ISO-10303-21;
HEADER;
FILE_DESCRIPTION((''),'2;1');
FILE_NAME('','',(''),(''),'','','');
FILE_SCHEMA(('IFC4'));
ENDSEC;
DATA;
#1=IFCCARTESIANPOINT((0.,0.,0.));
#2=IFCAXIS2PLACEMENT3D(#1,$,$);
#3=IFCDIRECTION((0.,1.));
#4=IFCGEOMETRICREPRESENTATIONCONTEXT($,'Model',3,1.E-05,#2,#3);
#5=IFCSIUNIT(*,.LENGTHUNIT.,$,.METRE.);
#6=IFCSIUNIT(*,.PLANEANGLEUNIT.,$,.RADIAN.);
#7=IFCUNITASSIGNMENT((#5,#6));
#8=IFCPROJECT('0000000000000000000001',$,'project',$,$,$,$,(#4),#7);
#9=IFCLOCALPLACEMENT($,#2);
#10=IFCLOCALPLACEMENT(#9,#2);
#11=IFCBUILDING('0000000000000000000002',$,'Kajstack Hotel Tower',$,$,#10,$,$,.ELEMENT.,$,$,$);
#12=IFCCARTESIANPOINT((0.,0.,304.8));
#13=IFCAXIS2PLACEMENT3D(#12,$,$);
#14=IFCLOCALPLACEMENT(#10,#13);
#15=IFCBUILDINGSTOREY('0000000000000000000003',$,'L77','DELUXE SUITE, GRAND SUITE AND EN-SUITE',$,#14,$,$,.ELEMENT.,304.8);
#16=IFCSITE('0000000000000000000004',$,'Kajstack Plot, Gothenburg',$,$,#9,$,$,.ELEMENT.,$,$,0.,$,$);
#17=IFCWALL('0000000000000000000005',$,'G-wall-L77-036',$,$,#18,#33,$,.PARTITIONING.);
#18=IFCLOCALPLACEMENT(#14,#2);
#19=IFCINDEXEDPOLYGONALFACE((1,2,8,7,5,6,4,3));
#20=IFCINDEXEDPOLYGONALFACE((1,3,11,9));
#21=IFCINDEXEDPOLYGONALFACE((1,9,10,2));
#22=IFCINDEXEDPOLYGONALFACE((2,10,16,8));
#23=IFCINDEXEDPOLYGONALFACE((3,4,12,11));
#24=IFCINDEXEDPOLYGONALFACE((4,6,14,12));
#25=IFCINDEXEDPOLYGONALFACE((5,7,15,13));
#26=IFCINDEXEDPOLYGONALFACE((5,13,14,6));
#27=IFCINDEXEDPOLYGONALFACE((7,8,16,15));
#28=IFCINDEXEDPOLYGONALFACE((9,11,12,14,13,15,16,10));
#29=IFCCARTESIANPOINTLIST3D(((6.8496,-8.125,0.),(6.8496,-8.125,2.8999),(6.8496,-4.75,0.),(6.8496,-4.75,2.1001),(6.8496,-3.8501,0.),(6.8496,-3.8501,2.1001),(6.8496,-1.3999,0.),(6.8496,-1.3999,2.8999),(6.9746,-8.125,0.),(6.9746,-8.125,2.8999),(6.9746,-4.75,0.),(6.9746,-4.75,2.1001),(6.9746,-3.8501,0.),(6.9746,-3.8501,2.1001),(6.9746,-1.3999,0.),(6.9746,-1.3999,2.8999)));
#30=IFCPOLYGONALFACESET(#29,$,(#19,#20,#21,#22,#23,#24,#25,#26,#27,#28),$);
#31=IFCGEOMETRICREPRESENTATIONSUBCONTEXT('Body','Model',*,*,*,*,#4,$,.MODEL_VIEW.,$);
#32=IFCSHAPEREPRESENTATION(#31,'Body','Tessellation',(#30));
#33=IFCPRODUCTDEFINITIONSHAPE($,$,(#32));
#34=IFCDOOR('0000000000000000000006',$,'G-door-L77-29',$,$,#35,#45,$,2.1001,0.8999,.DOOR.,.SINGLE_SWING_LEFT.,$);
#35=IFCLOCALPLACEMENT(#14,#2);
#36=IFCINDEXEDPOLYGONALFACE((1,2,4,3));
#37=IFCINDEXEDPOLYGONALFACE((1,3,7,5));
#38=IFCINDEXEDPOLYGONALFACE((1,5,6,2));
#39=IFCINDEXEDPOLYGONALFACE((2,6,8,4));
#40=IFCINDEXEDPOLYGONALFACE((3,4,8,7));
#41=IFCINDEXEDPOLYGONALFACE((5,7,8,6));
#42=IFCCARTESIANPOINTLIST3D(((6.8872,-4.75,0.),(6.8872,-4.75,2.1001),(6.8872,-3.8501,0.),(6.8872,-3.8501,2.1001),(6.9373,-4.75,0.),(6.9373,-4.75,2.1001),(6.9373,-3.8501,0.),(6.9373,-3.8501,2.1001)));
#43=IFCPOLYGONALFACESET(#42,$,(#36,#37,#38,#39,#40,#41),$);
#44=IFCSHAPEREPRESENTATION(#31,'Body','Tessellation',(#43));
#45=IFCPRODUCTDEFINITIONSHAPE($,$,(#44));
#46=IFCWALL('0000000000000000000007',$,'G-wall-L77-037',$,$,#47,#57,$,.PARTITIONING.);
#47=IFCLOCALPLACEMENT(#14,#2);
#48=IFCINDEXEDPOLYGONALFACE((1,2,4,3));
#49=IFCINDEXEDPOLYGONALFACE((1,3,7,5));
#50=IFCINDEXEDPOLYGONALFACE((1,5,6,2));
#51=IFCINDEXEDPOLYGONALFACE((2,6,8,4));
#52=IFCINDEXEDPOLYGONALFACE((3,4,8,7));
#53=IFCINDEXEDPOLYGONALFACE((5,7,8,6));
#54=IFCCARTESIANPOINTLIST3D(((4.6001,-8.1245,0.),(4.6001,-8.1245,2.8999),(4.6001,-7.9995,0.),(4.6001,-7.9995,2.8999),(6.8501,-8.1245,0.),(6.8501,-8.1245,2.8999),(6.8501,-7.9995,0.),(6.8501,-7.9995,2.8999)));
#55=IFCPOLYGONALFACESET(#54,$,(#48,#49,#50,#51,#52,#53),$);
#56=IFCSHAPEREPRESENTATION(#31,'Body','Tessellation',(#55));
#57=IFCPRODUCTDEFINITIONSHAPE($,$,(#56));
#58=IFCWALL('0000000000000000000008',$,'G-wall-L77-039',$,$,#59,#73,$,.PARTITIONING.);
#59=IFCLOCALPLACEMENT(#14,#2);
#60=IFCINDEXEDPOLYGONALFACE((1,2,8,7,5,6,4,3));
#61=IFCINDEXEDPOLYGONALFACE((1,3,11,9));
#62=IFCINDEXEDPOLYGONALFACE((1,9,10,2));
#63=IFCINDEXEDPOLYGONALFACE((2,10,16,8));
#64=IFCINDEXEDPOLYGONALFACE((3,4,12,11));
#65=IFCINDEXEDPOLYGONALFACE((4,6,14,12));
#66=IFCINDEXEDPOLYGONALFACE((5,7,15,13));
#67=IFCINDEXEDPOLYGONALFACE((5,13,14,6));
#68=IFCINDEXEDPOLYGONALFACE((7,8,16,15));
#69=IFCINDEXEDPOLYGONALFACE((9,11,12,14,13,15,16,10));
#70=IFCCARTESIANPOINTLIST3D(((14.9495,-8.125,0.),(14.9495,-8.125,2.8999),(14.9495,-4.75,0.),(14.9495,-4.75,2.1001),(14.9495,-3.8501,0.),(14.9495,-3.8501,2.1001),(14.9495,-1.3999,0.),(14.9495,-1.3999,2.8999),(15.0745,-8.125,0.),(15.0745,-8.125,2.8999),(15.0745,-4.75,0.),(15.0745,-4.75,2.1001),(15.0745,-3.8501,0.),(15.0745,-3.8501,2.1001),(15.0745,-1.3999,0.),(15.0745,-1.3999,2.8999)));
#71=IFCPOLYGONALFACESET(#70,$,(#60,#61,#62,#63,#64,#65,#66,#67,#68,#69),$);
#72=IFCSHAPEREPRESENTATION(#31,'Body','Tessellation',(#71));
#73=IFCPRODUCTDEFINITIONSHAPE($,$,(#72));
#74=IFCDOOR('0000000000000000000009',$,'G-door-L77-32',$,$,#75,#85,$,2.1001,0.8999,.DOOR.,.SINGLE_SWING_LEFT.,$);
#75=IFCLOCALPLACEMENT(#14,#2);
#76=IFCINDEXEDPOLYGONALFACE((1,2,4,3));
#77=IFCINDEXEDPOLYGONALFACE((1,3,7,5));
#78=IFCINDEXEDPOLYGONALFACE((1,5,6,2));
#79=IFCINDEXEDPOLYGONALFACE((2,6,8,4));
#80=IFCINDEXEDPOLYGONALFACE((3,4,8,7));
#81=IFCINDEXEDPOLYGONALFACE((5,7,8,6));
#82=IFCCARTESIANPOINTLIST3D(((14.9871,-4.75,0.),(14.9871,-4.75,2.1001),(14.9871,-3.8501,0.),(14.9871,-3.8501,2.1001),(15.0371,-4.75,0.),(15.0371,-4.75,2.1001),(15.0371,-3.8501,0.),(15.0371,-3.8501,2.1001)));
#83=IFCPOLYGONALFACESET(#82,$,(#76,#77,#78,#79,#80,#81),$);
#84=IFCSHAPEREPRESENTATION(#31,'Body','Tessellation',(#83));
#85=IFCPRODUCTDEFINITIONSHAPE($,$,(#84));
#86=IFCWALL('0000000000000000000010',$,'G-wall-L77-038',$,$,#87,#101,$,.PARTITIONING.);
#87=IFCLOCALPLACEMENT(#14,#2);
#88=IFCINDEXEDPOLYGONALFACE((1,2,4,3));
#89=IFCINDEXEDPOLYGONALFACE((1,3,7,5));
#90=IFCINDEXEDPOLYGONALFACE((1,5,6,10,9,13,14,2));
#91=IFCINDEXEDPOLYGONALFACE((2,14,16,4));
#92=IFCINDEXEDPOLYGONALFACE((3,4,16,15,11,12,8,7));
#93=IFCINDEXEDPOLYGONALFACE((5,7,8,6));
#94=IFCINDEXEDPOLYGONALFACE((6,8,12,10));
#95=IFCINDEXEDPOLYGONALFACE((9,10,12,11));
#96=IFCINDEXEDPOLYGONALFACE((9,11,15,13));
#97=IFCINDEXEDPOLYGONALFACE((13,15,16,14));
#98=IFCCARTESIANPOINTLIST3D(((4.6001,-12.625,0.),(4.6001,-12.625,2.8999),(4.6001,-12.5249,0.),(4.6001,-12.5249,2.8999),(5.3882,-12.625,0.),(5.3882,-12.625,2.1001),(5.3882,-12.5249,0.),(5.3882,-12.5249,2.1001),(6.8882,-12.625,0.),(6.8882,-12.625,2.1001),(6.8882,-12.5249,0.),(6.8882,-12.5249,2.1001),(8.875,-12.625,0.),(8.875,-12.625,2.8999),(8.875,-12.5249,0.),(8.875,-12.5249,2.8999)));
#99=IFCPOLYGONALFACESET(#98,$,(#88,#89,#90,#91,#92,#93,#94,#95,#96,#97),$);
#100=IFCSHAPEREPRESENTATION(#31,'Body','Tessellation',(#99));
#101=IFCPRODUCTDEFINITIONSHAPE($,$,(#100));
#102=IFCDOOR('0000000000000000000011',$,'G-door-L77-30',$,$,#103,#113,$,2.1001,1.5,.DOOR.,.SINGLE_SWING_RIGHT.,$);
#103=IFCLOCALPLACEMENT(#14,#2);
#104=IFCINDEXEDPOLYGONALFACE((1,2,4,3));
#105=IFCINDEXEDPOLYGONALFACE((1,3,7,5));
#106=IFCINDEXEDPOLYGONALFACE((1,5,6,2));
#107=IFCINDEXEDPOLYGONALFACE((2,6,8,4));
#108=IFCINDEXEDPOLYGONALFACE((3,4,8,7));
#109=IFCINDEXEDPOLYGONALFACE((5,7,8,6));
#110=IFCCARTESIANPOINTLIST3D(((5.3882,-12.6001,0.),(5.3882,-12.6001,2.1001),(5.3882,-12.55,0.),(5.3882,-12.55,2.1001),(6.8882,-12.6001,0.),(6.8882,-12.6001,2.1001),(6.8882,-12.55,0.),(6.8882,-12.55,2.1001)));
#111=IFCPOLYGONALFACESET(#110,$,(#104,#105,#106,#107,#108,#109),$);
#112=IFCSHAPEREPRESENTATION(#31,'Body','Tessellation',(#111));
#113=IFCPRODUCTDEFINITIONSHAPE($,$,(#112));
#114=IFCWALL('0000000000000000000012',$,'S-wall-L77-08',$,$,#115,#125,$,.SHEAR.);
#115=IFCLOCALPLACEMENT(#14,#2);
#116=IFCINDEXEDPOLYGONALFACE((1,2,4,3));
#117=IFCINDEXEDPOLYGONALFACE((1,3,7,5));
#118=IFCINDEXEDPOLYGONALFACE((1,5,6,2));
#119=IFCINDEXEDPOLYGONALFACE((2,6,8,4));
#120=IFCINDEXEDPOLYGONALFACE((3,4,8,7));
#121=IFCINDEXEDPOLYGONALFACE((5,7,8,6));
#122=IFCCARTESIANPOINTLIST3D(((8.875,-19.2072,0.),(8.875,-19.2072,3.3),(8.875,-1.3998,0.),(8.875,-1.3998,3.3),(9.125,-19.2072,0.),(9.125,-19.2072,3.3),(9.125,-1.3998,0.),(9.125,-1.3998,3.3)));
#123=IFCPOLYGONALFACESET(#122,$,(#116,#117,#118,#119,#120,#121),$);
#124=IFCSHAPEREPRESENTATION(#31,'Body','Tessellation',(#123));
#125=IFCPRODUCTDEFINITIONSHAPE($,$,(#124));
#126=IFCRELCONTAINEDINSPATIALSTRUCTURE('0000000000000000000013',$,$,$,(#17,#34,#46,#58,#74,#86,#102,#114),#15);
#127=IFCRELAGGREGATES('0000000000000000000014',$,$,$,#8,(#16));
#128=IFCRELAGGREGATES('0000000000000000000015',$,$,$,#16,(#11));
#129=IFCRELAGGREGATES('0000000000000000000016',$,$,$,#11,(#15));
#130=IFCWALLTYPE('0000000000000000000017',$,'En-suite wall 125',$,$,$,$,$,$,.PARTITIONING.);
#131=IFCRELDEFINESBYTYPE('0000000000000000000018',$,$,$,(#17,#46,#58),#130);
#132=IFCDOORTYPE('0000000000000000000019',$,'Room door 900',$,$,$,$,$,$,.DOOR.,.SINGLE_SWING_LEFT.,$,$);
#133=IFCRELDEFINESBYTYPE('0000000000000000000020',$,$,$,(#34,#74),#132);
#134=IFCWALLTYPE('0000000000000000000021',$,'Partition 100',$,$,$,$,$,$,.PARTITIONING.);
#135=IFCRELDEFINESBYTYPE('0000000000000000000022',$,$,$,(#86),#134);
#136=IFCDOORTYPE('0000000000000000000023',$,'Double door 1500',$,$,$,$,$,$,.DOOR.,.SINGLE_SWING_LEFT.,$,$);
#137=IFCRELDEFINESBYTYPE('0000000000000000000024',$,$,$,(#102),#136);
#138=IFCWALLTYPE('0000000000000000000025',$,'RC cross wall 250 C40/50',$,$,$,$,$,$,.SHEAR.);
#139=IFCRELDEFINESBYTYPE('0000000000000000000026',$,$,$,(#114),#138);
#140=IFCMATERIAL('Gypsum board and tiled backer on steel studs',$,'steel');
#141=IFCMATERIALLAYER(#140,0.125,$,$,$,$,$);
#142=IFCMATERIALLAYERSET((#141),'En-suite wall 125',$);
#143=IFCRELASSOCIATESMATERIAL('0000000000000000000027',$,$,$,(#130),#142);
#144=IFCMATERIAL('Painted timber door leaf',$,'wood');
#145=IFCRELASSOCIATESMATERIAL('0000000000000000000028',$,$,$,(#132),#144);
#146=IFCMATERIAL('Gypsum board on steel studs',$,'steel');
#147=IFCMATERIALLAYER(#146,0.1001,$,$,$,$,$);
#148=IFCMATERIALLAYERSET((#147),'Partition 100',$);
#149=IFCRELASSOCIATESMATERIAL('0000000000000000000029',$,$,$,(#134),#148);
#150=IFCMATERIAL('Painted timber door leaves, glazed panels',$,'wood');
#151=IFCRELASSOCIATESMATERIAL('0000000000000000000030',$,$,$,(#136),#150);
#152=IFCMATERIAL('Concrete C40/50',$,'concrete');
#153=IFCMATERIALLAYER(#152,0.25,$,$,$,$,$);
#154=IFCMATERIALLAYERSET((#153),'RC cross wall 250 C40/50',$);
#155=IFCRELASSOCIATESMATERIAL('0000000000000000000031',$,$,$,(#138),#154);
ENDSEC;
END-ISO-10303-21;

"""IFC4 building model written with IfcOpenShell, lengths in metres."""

from ifc_helpers import new_model, si_unit, direction, frame, frame_2d, origin, place, context, subcontext, project, spatial, rectangle, extrude, material, layer, layer_set, type_object, element, fill, save


model = new_model("IFC4")

# Units and contexts
model_context = context("Model", 3, precision=1e-05, world=origin(), true_north=direction((0.0, 1.0)))
body_context = subcontext(model_context, "Body", "Model", "MODEL_VIEW")
ifc_project = project(units=[si_unit("LENGTHUNIT", "METRE"), si_unit("PLANEANGLEUNIT", "RADIAN")], contexts=[model_context])

# Site, building, storey
site_placement = place(None, origin())
site = spatial("IfcSite", under=ifc_project, at=site_placement, Name="Kajstack Plot, Gothenburg", CompositionType="ELEMENT", RefElevation=0.0)
building_placement = place(site_placement, origin())
building = spatial("IfcBuilding", under=site, at=building_placement, Name="Kajstack Hotel Tower", CompositionType="ELEMENT")
storey_placement = place(building_placement, frame((0.0, 0.0, 304.8)))
storey = spatial("IfcBuildingStorey", under=building, at=storey_placement, Name="L77", Description="DELUXE SUITE, GRAND SUITE AND EN-SUITE", CompositionType="ELEMENT", Elevation=304.8)

# Shared definitions
ifc_material_1 = material(Name="Concrete C40/50", Category="concrete")

# Shared definitions
ifc_material_2 = material(Name="Gypsum board and tiled backer on steel studs", Category="steel")
ifc_layer_1 = layer(ifc_material_2, 0.125)
ifc_layer_set_1 = layer_set([ifc_layer_1], Name="En-suite wall 125")
wall_type_1 = type_object("IfcWallType", Name="En-suite wall 125", PredefinedType="PARTITIONING", material=ifc_layer_set_1)
ifc_material_3 = material(Name="Painted timber door leaf", Category="wood")
door_type_1 = type_object("IfcDoorType", Name="Room door 900", OperationType="SINGLE_SWING_LEFT", PredefinedType="DOOR", material=ifc_material_3)

# Wall, opening, door
wall_1_placement = place(storey_placement, frame((6.9121, -8.125, 0.0), z_axis=(0.0, 0.0, 1.0), x_axis=(0.0, 1.0, 0.0)))
wall_1 = element("IfcWall", 1, at=wall_1_placement, inside=storey, type_object=wall_type_1, Name="G-wall-L77-036", PredefinedType="PARTITIONING", context=body_context, shape_type="SweptSolid", body=[
    extrude(rectangle(XDim=6.7251, YDim=0.125, at=frame_2d((3.3625, 0.0))), origin(), (0.0, 0.0, 1.0), 2.8999),
])
opening_1_placement = place(wall_1_placement, frame((3.375, 0.0, 0.0)))
opening_1 = element("IfcOpeningElement", 2, at=opening_1_placement, cuts=wall_1, PredefinedType="OPENING", context=body_context, shape_type="SweptSolid", body=[
    extrude(rectangle(XDim=0.8999, YDim=2.1001, at=frame_2d((0.45, 1.05))), frame((0.0, 0.0725, 0.0), z_axis=(0.0, -1.0, 0.0), x_axis=(1.0, 0.0, 0.0)), (0.0, 0.0, 1.0), 0.145),
])
door_1_placement = place(opening_1_placement, origin())
door_1 = element("IfcDoor", 3, at=door_1_placement, inside=storey, type_object=door_type_1, Name="G-door-L77-29", OperationType="SINGLE_SWING_LEFT", OverallHeight=2.1001, OverallWidth=0.8999, PredefinedType="DOOR", context=body_context, shape_type="SweptSolid", body=[
    extrude(rectangle(XDim=0.8999, YDim=2.1001, at=frame_2d((0.45, 1.05))), frame((0.0, 0.0249, 0.0), z_axis=(0.0, -1.0, 0.0), x_axis=(1.0, 0.0, 0.0)), (0.0, 0.0, 1.0), 0.05),
])
fill(opening_1, door_1)

# Wall
wall_2_placement = place(storey_placement, frame((4.6001, -8.062, 0.0), z_axis=(0.0, 0.0, 1.0), x_axis=(1.0, 0.0, 0.0)))
element("IfcWall", 4, at=wall_2_placement, inside=storey, type_object=wall_type_1, Name="G-wall-L77-037", PredefinedType="PARTITIONING", context=body_context, shape_type="SweptSolid", body=[
    extrude(rectangle(XDim=2.25, YDim=0.125, at=frame_2d((1.125, 0.0))), origin(), (0.0, 0.0, 1.0), 2.8999),
])

# Walls, openings, doors
wall_3_placement = place(storey_placement, frame((15.012, -8.125, 0.0), z_axis=(0.0, 0.0, 1.0), x_axis=(0.0, 1.0, 0.0)))
wall_3 = element("IfcWall", 5, at=wall_3_placement, inside=storey, type_object=wall_type_1, Name="G-wall-L77-039", PredefinedType="PARTITIONING", context=body_context, shape_type="SweptSolid", body=[
    extrude(rectangle(XDim=6.7251, YDim=0.125, at=frame_2d((3.3625, 0.0))), origin(), (0.0, 0.0, 1.0), 2.8999),
])
opening_2_placement = place(wall_3_placement, frame((3.375, 0.0, 0.0)))
opening_2 = element("IfcOpeningElement", 6, at=opening_2_placement, cuts=wall_3, PredefinedType="OPENING", context=body_context, shape_type="SweptSolid", body=[
    extrude(rectangle(XDim=0.8999, YDim=2.1001, at=frame_2d((0.45, 1.05))), frame((0.0, 0.0725, 0.0), z_axis=(0.0, -1.0, 0.0), x_axis=(1.0, 0.0, 0.0)), (0.0, 0.0, 1.0), 0.145),
])
door_2_placement = place(opening_2_placement, origin())
door_2 = element("IfcDoor", 7, at=door_2_placement, inside=storey, type_object=door_type_1, Name="G-door-L77-32", OperationType="SINGLE_SWING_LEFT", OverallHeight=2.1001, OverallWidth=0.8999, PredefinedType="DOOR", context=body_context, shape_type="SweptSolid", body=[
    extrude(rectangle(XDim=0.8999, YDim=2.1001, at=frame_2d((0.45, 1.05))), frame((0.0, 0.0249, 0.0), z_axis=(0.0, -1.0, 0.0), x_axis=(1.0, 0.0, 0.0)), (0.0, 0.0, 1.0), 0.05),
])
fill(opening_2, door_2)
ifc_material_4 = material(Name="Gypsum board on steel studs", Category="steel")
ifc_layer_2 = layer(ifc_material_4, 0.1001)
ifc_layer_set_2 = layer_set([ifc_layer_2], Name="Partition 100")
wall_type_2 = type_object("IfcWallType", Name="Partition 100", PredefinedType="PARTITIONING", material=ifc_layer_set_2)
wall_4_placement = place(storey_placement, frame((4.6001, -12.575, 0.0), z_axis=(0.0, 0.0, 1.0), x_axis=(1.0, 0.0, 0.0)))
wall_4 = element("IfcWall", 8, at=wall_4_placement, inside=storey, type_object=wall_type_2, Name="G-wall-L77-038", PredefinedType="PARTITIONING", context=body_context, shape_type="SweptSolid", body=[
    extrude(rectangle(XDim=4.2749, YDim=0.1001, at=frame_2d((2.1375, 0.0))), origin(), (0.0, 0.0, 1.0), 2.8999),
])
opening_3_placement = place(wall_4_placement, frame((0.7881, 0.0, 0.0)))
opening_3 = element("IfcOpeningElement", 9, at=opening_3_placement, cuts=wall_4, PredefinedType="OPENING", context=body_context, shape_type="SweptSolid", body=[
    extrude(rectangle(XDim=1.5, YDim=2.1001, at=frame_2d((0.75, 1.05))), frame((0.0, 0.0601, 0.0), z_axis=(0.0, -1.0, 0.0), x_axis=(1.0, 0.0, 0.0)), (0.0, 0.0, 1.0), 0.1201),
])
ifc_material_5 = material(Name="Painted timber door leaves, glazed panels", Category="wood")
door_type_2 = type_object("IfcDoorType", Name="Double door 1500", OperationType="SINGLE_SWING_LEFT", PredefinedType="DOOR", material=ifc_material_5)
door_3_placement = place(opening_3_placement, origin())
door_3 = element("IfcDoor", 10, at=door_3_placement, inside=storey, type_object=door_type_2, Name="G-door-L77-30", OperationType="SINGLE_SWING_RIGHT", OverallHeight=2.1001, OverallWidth=1.5, PredefinedType="DOOR", context=body_context, shape_type="SweptSolid", body=[
    extrude(rectangle(XDim=1.5, YDim=2.1001, at=frame_2d((0.75, 1.05))), frame((0.0, 0.0249, 0.0), z_axis=(0.0, -1.0, 0.0), x_axis=(1.0, 0.0, 0.0)), (0.0, 0.0, 1.0), 0.05),
])
fill(opening_3, door_3)

# Wall
ifc_layer_3 = layer(ifc_material_1, 0.25)
ifc_layer_set_3 = layer_set([ifc_layer_3], Name="RC cross wall 250 C40/50")
wall_type_3 = type_object("IfcWallType", Name="RC cross wall 250 C40/50", PredefinedType="SHEAR", material=ifc_layer_set_3)
wall_5_placement = place(storey_placement, frame((9.0, -19.2073, 0.0), z_axis=(0.0, 0.0, 1.0), x_axis=(0.0, 1.0, 0.0)))
element("IfcWall", 11, at=wall_5_placement, inside=storey, type_object=wall_type_3, Name="S-wall-L77-08", PredefinedType="SHEAR", context=body_context, shape_type="SweptSolid", body=[
    extrude(rectangle(XDim=17.8074, YDim=0.25, at=frame_2d((8.9038, 0.0))), origin(), (0.0, 0.0, 1.0), 3.3),
])

save(model, "model.ifc")
